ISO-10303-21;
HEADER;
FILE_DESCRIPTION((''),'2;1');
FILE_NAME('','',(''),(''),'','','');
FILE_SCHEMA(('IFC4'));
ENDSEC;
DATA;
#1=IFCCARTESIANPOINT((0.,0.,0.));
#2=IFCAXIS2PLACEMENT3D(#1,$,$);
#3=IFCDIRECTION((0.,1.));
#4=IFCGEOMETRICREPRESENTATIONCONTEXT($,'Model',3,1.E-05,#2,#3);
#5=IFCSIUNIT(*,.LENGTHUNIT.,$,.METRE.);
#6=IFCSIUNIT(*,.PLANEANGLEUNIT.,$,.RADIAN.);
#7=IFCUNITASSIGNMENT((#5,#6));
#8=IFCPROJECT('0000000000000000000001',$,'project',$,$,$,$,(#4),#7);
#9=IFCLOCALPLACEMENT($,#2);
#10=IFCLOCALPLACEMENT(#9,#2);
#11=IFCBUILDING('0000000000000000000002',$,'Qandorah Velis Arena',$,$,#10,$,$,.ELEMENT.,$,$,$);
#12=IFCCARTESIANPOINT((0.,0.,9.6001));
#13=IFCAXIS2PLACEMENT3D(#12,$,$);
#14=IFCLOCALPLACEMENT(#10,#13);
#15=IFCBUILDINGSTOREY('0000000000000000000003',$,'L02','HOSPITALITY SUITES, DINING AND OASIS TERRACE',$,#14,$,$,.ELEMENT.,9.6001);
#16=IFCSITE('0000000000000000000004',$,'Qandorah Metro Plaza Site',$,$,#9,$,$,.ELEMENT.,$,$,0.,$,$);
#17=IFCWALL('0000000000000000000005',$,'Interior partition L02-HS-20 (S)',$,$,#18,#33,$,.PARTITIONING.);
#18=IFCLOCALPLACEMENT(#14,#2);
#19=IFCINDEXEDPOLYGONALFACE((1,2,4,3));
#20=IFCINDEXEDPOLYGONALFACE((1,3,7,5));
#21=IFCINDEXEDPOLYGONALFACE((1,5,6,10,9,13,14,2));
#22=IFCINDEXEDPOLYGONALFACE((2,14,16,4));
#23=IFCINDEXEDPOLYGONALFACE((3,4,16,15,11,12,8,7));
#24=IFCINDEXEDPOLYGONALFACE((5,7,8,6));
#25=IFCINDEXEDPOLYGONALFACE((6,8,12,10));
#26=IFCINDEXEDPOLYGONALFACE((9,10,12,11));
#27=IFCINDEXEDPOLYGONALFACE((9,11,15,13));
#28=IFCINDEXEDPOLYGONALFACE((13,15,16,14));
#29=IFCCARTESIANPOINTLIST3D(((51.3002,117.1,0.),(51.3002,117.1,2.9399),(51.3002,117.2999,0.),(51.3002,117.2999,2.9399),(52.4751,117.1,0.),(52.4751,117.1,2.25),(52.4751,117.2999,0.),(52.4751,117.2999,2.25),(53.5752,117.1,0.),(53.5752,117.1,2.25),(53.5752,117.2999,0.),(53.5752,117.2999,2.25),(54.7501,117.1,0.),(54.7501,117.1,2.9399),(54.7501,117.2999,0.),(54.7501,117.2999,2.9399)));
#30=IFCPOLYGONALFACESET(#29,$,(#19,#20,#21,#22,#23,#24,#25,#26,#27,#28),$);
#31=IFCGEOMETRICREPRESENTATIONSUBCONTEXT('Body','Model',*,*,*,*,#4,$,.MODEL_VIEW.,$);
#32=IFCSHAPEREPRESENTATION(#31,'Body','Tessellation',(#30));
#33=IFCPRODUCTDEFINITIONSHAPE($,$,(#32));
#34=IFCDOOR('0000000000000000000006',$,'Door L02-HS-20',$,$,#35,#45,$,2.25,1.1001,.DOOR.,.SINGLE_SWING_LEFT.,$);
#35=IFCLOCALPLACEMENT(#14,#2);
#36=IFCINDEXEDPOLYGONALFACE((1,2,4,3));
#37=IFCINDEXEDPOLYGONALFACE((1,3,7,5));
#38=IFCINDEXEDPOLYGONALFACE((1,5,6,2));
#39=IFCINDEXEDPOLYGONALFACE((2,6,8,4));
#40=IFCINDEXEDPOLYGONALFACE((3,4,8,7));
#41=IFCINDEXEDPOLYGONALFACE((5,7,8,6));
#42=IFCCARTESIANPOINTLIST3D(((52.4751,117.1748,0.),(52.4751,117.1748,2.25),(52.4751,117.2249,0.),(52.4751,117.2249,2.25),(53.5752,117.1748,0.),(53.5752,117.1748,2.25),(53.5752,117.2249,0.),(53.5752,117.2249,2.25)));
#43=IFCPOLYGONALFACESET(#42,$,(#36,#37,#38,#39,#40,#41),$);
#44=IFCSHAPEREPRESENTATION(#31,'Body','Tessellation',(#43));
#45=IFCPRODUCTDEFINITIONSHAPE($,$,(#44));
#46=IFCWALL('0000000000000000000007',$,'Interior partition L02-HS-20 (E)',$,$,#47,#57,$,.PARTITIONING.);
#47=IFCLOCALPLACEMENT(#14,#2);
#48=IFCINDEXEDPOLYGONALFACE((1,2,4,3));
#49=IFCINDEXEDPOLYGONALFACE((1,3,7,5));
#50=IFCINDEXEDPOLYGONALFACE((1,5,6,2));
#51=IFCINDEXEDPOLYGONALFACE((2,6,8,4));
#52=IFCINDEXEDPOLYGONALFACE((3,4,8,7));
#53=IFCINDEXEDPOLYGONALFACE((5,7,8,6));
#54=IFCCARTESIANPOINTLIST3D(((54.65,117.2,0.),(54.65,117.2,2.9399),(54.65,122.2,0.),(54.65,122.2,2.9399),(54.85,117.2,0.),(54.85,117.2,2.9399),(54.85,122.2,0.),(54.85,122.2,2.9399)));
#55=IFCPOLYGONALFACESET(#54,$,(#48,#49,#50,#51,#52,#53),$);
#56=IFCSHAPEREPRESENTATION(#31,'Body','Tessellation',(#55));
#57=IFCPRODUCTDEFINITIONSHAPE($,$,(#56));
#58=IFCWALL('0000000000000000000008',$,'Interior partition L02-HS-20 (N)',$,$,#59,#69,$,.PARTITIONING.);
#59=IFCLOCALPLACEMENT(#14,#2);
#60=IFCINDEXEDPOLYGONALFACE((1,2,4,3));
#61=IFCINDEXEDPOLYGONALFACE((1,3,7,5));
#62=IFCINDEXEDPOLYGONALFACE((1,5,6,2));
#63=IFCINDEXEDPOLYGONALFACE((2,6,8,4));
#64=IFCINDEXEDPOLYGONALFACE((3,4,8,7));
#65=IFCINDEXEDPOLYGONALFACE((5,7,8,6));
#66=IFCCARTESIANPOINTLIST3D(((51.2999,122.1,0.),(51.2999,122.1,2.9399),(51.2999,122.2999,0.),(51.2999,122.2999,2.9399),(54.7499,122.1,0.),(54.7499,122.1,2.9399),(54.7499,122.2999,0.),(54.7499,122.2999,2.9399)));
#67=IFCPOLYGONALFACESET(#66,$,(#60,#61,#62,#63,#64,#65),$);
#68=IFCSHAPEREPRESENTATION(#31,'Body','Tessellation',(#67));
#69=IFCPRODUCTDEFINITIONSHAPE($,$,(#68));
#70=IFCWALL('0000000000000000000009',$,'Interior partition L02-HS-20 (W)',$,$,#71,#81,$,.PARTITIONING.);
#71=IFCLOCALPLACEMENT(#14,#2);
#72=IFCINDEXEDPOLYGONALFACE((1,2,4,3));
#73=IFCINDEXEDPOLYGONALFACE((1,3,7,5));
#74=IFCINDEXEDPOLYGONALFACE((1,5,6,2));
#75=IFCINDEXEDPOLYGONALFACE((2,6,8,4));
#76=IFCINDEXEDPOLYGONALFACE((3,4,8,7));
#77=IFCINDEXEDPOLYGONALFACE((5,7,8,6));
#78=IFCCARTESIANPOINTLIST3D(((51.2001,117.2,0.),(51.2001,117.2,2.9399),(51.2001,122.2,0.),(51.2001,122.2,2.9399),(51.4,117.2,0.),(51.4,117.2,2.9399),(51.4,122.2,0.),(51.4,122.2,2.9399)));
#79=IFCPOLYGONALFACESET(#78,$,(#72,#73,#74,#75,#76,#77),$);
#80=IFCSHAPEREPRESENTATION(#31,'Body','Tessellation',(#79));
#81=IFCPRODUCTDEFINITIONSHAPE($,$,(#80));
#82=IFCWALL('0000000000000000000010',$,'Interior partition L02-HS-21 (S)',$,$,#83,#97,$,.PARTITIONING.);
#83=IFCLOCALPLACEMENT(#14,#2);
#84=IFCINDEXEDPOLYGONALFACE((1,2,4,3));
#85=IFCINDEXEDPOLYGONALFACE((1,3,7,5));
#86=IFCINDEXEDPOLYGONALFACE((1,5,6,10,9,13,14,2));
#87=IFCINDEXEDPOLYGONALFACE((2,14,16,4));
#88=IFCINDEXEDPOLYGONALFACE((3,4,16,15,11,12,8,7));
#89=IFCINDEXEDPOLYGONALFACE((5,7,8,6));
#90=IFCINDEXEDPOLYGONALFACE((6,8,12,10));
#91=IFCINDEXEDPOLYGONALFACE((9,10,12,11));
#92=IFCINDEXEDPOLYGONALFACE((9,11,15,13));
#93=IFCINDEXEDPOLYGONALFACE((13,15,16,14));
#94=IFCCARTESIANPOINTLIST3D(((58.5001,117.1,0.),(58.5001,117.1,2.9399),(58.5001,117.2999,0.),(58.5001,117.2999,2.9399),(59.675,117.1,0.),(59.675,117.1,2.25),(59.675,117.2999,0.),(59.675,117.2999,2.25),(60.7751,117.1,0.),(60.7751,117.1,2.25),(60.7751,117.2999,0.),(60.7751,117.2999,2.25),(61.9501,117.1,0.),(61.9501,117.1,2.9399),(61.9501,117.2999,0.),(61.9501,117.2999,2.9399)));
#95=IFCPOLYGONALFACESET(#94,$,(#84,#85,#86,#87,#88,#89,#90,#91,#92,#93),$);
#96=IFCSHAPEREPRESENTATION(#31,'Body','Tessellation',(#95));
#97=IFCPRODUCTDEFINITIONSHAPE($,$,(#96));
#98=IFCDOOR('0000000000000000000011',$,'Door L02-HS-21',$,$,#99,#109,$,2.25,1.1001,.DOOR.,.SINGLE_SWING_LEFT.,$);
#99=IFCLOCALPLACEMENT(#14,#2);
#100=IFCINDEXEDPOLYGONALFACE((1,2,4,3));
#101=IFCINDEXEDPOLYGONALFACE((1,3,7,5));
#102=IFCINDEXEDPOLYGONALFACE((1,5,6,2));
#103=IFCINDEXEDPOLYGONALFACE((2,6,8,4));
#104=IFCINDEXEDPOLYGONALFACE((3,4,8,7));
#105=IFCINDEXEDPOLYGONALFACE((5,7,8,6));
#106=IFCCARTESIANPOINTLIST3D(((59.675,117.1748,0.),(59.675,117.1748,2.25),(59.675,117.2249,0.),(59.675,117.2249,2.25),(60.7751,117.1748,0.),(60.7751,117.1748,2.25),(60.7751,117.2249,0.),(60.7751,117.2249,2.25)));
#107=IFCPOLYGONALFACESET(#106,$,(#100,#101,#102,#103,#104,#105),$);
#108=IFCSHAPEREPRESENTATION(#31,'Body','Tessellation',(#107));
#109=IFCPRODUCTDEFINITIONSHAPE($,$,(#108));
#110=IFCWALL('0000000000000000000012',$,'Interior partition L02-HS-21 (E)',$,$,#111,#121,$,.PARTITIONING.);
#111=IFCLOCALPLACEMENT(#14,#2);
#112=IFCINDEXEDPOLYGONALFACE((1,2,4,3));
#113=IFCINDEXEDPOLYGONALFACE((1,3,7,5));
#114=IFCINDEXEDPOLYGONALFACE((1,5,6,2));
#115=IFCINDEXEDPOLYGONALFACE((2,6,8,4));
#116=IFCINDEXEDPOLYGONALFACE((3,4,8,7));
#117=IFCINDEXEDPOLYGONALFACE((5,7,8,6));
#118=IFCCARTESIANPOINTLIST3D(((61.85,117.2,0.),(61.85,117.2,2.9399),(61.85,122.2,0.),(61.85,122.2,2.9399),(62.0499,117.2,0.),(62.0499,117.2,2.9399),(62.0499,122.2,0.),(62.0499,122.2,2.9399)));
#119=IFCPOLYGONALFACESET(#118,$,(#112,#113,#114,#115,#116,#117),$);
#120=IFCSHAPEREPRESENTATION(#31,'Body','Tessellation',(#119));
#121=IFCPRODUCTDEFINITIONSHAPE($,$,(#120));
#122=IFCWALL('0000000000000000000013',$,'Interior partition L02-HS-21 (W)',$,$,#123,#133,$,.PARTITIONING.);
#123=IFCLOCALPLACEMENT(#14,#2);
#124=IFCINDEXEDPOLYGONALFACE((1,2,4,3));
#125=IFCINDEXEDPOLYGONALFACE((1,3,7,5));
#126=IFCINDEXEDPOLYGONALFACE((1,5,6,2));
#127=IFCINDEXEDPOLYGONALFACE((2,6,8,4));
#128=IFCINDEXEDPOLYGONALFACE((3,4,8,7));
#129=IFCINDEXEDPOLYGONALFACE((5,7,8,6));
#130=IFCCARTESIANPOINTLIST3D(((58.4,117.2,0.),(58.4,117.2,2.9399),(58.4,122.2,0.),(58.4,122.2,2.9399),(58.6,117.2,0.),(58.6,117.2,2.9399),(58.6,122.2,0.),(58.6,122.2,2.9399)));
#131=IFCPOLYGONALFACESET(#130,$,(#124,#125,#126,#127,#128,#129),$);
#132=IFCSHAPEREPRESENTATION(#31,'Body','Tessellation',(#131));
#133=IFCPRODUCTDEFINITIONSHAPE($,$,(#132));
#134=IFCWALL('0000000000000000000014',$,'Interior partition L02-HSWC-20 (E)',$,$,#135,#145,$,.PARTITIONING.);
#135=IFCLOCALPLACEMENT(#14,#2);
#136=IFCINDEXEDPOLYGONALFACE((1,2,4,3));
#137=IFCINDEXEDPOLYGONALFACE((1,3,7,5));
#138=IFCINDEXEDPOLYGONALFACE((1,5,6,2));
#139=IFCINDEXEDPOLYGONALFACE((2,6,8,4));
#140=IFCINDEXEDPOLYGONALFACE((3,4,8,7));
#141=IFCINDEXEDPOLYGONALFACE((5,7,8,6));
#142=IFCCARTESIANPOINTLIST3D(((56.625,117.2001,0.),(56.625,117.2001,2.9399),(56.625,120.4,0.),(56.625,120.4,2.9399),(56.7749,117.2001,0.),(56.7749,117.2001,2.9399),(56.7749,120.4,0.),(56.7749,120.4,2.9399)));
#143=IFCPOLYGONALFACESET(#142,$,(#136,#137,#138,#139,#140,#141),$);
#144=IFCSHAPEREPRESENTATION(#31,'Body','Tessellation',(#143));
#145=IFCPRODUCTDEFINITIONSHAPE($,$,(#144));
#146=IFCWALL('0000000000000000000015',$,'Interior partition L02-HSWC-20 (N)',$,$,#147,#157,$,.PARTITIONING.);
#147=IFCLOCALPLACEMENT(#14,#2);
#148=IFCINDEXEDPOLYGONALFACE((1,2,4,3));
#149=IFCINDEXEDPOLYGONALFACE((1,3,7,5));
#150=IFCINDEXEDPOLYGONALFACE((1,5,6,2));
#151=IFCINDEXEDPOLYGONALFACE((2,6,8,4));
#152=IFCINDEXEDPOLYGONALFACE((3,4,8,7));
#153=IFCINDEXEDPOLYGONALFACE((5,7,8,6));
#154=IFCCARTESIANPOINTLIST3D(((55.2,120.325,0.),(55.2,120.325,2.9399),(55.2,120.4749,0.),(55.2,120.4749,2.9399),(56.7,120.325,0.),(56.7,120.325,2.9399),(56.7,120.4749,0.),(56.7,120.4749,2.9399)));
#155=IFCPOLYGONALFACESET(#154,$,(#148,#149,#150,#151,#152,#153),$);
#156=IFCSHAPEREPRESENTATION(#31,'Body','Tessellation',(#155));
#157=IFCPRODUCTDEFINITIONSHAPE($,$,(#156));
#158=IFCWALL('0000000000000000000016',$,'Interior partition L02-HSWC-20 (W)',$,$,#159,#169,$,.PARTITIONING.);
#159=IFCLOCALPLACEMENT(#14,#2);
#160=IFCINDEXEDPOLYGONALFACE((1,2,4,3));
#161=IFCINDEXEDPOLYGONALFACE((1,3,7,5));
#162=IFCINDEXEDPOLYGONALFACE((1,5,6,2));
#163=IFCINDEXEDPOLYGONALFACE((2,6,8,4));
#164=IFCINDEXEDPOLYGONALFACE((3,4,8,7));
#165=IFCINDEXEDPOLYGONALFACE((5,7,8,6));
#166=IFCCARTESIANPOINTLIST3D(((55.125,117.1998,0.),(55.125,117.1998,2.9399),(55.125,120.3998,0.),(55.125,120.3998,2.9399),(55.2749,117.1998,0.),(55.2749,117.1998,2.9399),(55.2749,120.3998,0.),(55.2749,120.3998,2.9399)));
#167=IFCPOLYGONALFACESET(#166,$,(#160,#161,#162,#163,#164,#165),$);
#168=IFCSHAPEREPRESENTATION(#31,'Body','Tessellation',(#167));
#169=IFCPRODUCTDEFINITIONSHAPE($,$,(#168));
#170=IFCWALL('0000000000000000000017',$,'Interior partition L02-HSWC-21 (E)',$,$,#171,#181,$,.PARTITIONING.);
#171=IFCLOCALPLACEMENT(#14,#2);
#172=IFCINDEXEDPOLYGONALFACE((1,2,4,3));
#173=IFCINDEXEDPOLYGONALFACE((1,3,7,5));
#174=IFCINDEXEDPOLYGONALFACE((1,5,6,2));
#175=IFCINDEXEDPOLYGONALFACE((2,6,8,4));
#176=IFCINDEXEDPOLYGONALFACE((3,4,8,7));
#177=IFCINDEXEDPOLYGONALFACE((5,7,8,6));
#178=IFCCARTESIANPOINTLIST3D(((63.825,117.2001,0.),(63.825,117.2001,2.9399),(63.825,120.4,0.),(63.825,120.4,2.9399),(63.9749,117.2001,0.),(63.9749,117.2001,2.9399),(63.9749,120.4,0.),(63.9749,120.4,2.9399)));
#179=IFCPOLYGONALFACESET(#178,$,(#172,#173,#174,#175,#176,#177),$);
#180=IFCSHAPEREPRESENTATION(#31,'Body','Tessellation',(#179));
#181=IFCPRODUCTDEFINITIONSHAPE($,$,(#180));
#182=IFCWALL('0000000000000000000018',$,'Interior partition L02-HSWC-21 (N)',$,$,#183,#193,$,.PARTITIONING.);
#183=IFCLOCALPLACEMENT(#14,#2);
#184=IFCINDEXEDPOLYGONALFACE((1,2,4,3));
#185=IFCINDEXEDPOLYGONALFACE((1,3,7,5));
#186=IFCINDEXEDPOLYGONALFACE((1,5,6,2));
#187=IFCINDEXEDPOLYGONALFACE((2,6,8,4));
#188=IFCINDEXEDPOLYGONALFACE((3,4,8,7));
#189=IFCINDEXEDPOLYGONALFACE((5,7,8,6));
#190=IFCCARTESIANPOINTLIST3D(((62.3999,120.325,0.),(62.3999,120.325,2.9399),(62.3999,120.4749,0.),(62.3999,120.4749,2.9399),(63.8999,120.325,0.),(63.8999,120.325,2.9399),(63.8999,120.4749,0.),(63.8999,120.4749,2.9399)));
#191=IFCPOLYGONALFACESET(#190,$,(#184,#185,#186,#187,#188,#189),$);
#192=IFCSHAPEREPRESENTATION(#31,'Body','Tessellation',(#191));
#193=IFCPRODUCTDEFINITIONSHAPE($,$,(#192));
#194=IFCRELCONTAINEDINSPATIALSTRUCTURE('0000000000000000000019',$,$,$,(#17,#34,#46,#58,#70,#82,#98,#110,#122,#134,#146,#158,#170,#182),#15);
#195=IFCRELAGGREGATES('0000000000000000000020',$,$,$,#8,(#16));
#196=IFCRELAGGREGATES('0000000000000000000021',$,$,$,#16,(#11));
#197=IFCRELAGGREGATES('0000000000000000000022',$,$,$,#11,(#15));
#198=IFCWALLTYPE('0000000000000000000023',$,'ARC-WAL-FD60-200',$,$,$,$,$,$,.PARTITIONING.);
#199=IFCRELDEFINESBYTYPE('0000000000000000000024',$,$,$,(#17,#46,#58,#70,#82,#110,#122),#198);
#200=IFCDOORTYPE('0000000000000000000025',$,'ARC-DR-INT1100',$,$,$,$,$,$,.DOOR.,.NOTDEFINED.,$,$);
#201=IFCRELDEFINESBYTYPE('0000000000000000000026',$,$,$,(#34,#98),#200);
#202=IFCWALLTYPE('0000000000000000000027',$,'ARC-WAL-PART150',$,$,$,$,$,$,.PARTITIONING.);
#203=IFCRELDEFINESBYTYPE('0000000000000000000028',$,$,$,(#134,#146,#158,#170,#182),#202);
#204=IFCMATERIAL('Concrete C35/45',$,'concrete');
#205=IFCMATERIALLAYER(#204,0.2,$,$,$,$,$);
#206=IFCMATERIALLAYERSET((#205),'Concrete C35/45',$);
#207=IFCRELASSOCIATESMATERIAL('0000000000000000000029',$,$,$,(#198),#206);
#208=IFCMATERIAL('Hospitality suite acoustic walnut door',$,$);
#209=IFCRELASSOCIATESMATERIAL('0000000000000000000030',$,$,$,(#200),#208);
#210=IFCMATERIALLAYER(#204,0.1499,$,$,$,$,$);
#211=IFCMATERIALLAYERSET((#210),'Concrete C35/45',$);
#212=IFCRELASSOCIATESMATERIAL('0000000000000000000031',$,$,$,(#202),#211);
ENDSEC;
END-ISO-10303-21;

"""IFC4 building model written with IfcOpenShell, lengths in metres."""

from ifc_helpers import new_model, si_unit, direction, frame, frame_2d, origin, place, context, subcontext, project, spatial, rectangle, extrude, material, layer, layer_set, type_object, element, fill, save


model = new_model("IFC4")

# Units and contexts
model_context = context("Model", 3, precision=1e-05, world=origin(), true_north=direction((0.0, 1.0)))
body_context = subcontext(model_context, "Body", "Model", "MODEL_VIEW")
ifc_project = project(units=[si_unit("LENGTHUNIT", "METRE"), si_unit("PLANEANGLEUNIT", "RADIAN")], contexts=[model_context])

# Site, building, storey
site_placement = place(None, origin())
site = spatial("IfcSite", under=ifc_project, at=site_placement, Name="Qandorah Metro Plaza Site", CompositionType="ELEMENT", RefElevation=0.0)
building_placement = place(site_placement, origin())
building = spatial("IfcBuilding", under=site, at=building_placement, Name="Qandorah Velis Arena", CompositionType="ELEMENT")
storey_placement = place(building_placement, frame((0.0, 0.0, 9.6001)))
storey = spatial("IfcBuildingStorey", under=building, at=storey_placement, Name="L02", Description="HOSPITALITY SUITES, DINING AND OASIS TERRACE", CompositionType="ELEMENT", Elevation=9.6001)

# Wall, opening, door
ifc_material_1 = material(Name="Concrete C35/45", Category="concrete")
ifc_layer_1 = layer(ifc_material_1, 0.2)
ifc_layer_set_1 = layer_set([ifc_layer_1], Name="Concrete C35/45")
wall_type_1 = type_object("IfcWallType", Name="ARC-WAL-FD60-200", PredefinedType="PARTITIONING", material=ifc_layer_set_1)
wall_1_placement = place(storey_placement, frame((51.3, 117.2, 0.0), z_axis=(0.0, 0.0, 1.0), x_axis=(1.0, 0.0, 0.0)))
wall_1 = element("IfcWall", 1, at=wall_1_placement, inside=storey, type_object=wall_type_1, Name="Interior partition L02-HS-20 (S)", PredefinedType="PARTITIONING", context=body_context, shape_type="SweptSolid", body=[
    extrude(rectangle(XDim=3.45, YDim=0.2, at=frame_2d((1.7251, 0.0))), origin(), (0.0, 0.0, 1.0), 2.9399),
])
opening_1_placement = place(wall_1_placement, frame((1.175, 0.0, 0.0)))
opening_1 = element("IfcOpeningElement", 2, at=opening_1_placement, cuts=wall_1, PredefinedType="OPENING", context=body_context, shape_type="SweptSolid", body=[
    extrude(rectangle(XDim=1.1001, YDim=2.25, at=frame_2d((0.55, 1.125))), frame((0.0, 0.1099, 0.0), z_axis=(0.0, -1.0, 0.0), x_axis=(1.0, 0.0, 0.0)), (0.0, 0.0, 1.0), 0.22),
])
ifc_material_2 = material(Name="Hospitality suite acoustic walnut door")
door_type_1 = type_object("IfcDoorType", Name="ARC-DR-INT1100", OperationType="NOTDEFINED", PredefinedType="DOOR", material=ifc_material_2)
door_1_placement = place(opening_1_placement, origin())
door_1 = element("IfcDoor", 3, at=door_1_placement, inside=storey, type_object=door_type_1, Name="Door L02-HS-20", OperationType="SINGLE_SWING_LEFT", OverallHeight=2.25, OverallWidth=1.1001, PredefinedType="DOOR", context=body_context, shape_type="SweptSolid", body=[
    extrude(rectangle(XDim=1.1001, YDim=2.25, at=frame_2d((0.55, 1.125))), frame((0.0, 0.0249, 0.0), z_axis=(0.0, -1.0, 0.0), x_axis=(1.0, 0.0, 0.0)), (0.0, 0.0, 1.0), 0.05),
])
fill(opening_1, door_1)

# Walls
wall_2_placement = place(storey_placement, frame((54.75, 117.2, 0.0), z_axis=(0.0, 0.0, 1.0), x_axis=(0.0, 1.0, 0.0)))
element("IfcWall", 4, at=wall_2_placement, inside=storey, type_object=wall_type_1, Name="Interior partition L02-HS-20 (E)", PredefinedType="PARTITIONING", context=body_context, shape_type="SweptSolid", body=[
    extrude(rectangle(XDim=5.0, YDim=0.2, at=frame_2d((2.5, 0.0))), origin(), (0.0, 0.0, 1.0), 2.9399),
])
wall_3_placement = place(storey_placement, frame((54.75, 122.2, 0.0), z_axis=(0.0, 0.0, 1.0), x_axis=(-1.0, 0.0, 0.0)))
element("IfcWall", 5, at=wall_3_placement, inside=storey, type_object=wall_type_1, Name="Interior partition L02-HS-20 (N)", PredefinedType="PARTITIONING", context=body_context, shape_type="SweptSolid", body=[
    extrude(rectangle(XDim=3.45, YDim=0.2, at=frame_2d((1.7251, 0.0))), origin(), (0.0, 0.0, 1.0), 2.9399),
])
wall_4_placement = place(storey_placement, frame((51.3, 122.2, 0.0), z_axis=(0.0, 0.0, 1.0), x_axis=(0.0, -1.0, 0.0)))
element("IfcWall", 6, at=wall_4_placement, inside=storey, type_object=wall_type_1, Name="Interior partition L02-HS-20 (W)", PredefinedType="PARTITIONING", context=body_context, shape_type="SweptSolid", body=[
    extrude(rectangle(XDim=5.0, YDim=0.2, at=frame_2d((2.5, 0.0))), origin(), (0.0, 0.0, 1.0), 2.9399),
])

# Wall, opening, door
wall_5_placement = place(storey_placement, frame((58.5, 117.2, 0.0), z_axis=(0.0, 0.0, 1.0), x_axis=(1.0, 0.0, 0.0)))
wall_5 = element("IfcWall", 7, at=wall_5_placement, inside=storey, type_object=wall_type_1, Name="Interior partition L02-HS-21 (S)", PredefinedType="PARTITIONING", context=body_context, shape_type="SweptSolid", body=[
    extrude(rectangle(XDim=3.45, YDim=0.2, at=frame_2d((1.7251, 0.0))), origin(), (0.0, 0.0, 1.0), 2.9399),
])
opening_2_placement = place(wall_5_placement, frame((1.175, 0.0, 0.0)))
opening_2 = element("IfcOpeningElement", 8, at=opening_2_placement, cuts=wall_5, PredefinedType="OPENING", context=body_context, shape_type="SweptSolid", body=[
    extrude(rectangle(XDim=1.1001, YDim=2.25, at=frame_2d((0.55, 1.125))), frame((0.0, 0.1099, 0.0), z_axis=(0.0, -1.0, 0.0), x_axis=(1.0, 0.0, 0.0)), (0.0, 0.0, 1.0), 0.22),
])
door_2_placement = place(opening_2_placement, origin())
door_2 = element("IfcDoor", 9, at=door_2_placement, inside=storey, type_object=door_type_1, Name="Door L02-HS-21", OperationType="SINGLE_SWING_LEFT", OverallHeight=2.25, OverallWidth=1.1001, PredefinedType="DOOR", context=body_context, shape_type="SweptSolid", body=[
    extrude(rectangle(XDim=1.1001, YDim=2.25, at=frame_2d((0.55, 1.125))), frame((0.0, 0.0249, 0.0), z_axis=(0.0, -1.0, 0.0), x_axis=(1.0, 0.0, 0.0)), (0.0, 0.0, 1.0), 0.05),
])
fill(opening_2, door_2)

# Walls
for number, where, z_axis, x_axis, name in (
    (10, (61.95, 117.2, 0.0), (0.0, 0.0, 1.0), (0.0, 1.0, 0.0), "Interior partition L02-HS-21 (E)"),
    (11, (58.5, 122.2, 0.0), (0.0, 0.0, 1.0), (0.0, -1.0, 0.0), "Interior partition L02-HS-21 (W)"),
):
    element("IfcWall", number, at=place(storey_placement, frame(where, z_axis=z_axis, x_axis=x_axis)), inside=storey, type_object=wall_type_1, Name=name, PredefinedType="PARTITIONING", context=body_context, shape_type="SweptSolid", body=[
        extrude(rectangle(XDim=5.0, YDim=0.2, at=frame_2d((2.5, 0.0))), origin(), (0.0, 0.0, 1.0), 2.9399),
    ])

# Shared definitions
ifc_layer_2 = layer(ifc_material_1, 0.1499)
ifc_layer_set_2 = layer_set([ifc_layer_2], Name="Concrete C35/45")
wall_type_2 = type_object("IfcWallType", Name="ARC-WAL-PART150", PredefinedType="PARTITIONING", material=ifc_layer_set_2)

# Walls
wall_6_placement = place(storey_placement, frame((56.7, 117.2, 0.0), z_axis=(0.0, 0.0, 1.0), x_axis=(0.0, 1.0, 0.0)))
element("IfcWall", 12, at=wall_6_placement, inside=storey, type_object=wall_type_2, Name="Interior partition L02-HSWC-20 (E)", PredefinedType="PARTITIONING", context=body_context, shape_type="SweptSolid", body=[
    extrude(rectangle(XDim=3.2, YDim=0.1499, at=frame_2d((1.6001, 0.0))), origin(), (0.0, 0.0, 1.0), 2.9399),
])
wall_7_placement = place(storey_placement, frame((56.7, 120.3999, 0.0), z_axis=(0.0, 0.0, 1.0), x_axis=(-1.0, 0.0, 0.0)))
element("IfcWall", 13, at=wall_7_placement, inside=storey, type_object=wall_type_2, Name="Interior partition L02-HSWC-20 (N)", PredefinedType="PARTITIONING", context=body_context, shape_type="SweptSolid", body=[
    extrude(rectangle(XDim=1.5, YDim=0.1499, at=frame_2d((0.75, 0.0))), origin(), (0.0, 0.0, 1.0), 2.9399),
])
wall_8_placement = place(storey_placement, frame((55.2, 120.3999, 0.0), z_axis=(0.0, 0.0, 1.0), x_axis=(0.0, -1.0, 0.0)))
element("IfcWall", 14, at=wall_8_placement, inside=storey, type_object=wall_type_2, Name="Interior partition L02-HSWC-20 (W)", PredefinedType="PARTITIONING", context=body_context, shape_type="SweptSolid", body=[
    extrude(rectangle(XDim=3.2, YDim=0.1499, at=frame_2d((1.6001, 0.0))), origin(), (0.0, 0.0, 1.0), 2.9399),
])

# Walls
wall_9_placement = place(storey_placement, frame((63.8999, 117.2, 0.0), z_axis=(0.0, 0.0, 1.0), x_axis=(0.0, 1.0, 0.0)))
element("IfcWall", 15, at=wall_9_placement, inside=storey, type_object=wall_type_2, Name="Interior partition L02-HSWC-21 (E)", PredefinedType="PARTITIONING", context=body_context, shape_type="SweptSolid", body=[
    extrude(rectangle(XDim=3.2, YDim=0.1499, at=frame_2d((1.6001, 0.0))), origin(), (0.0, 0.0, 1.0), 2.9399),
])
wall_10_placement = place(storey_placement, frame((63.8999, 120.3999, 0.0), z_axis=(0.0, 0.0, 1.0), x_axis=(-1.0, 0.0, 0.0)))
element("IfcWall", 16, at=wall_10_placement, inside=storey, type_object=wall_type_2, Name="Interior partition L02-HSWC-21 (N)", PredefinedType="PARTITIONING", context=body_context, shape_type="SweptSolid", body=[
    extrude(rectangle(XDim=1.5, YDim=0.1499, at=frame_2d((0.75, 0.0))), origin(), (0.0, 0.0, 1.0), 2.9399),
])

save(model, "model.ifc")
